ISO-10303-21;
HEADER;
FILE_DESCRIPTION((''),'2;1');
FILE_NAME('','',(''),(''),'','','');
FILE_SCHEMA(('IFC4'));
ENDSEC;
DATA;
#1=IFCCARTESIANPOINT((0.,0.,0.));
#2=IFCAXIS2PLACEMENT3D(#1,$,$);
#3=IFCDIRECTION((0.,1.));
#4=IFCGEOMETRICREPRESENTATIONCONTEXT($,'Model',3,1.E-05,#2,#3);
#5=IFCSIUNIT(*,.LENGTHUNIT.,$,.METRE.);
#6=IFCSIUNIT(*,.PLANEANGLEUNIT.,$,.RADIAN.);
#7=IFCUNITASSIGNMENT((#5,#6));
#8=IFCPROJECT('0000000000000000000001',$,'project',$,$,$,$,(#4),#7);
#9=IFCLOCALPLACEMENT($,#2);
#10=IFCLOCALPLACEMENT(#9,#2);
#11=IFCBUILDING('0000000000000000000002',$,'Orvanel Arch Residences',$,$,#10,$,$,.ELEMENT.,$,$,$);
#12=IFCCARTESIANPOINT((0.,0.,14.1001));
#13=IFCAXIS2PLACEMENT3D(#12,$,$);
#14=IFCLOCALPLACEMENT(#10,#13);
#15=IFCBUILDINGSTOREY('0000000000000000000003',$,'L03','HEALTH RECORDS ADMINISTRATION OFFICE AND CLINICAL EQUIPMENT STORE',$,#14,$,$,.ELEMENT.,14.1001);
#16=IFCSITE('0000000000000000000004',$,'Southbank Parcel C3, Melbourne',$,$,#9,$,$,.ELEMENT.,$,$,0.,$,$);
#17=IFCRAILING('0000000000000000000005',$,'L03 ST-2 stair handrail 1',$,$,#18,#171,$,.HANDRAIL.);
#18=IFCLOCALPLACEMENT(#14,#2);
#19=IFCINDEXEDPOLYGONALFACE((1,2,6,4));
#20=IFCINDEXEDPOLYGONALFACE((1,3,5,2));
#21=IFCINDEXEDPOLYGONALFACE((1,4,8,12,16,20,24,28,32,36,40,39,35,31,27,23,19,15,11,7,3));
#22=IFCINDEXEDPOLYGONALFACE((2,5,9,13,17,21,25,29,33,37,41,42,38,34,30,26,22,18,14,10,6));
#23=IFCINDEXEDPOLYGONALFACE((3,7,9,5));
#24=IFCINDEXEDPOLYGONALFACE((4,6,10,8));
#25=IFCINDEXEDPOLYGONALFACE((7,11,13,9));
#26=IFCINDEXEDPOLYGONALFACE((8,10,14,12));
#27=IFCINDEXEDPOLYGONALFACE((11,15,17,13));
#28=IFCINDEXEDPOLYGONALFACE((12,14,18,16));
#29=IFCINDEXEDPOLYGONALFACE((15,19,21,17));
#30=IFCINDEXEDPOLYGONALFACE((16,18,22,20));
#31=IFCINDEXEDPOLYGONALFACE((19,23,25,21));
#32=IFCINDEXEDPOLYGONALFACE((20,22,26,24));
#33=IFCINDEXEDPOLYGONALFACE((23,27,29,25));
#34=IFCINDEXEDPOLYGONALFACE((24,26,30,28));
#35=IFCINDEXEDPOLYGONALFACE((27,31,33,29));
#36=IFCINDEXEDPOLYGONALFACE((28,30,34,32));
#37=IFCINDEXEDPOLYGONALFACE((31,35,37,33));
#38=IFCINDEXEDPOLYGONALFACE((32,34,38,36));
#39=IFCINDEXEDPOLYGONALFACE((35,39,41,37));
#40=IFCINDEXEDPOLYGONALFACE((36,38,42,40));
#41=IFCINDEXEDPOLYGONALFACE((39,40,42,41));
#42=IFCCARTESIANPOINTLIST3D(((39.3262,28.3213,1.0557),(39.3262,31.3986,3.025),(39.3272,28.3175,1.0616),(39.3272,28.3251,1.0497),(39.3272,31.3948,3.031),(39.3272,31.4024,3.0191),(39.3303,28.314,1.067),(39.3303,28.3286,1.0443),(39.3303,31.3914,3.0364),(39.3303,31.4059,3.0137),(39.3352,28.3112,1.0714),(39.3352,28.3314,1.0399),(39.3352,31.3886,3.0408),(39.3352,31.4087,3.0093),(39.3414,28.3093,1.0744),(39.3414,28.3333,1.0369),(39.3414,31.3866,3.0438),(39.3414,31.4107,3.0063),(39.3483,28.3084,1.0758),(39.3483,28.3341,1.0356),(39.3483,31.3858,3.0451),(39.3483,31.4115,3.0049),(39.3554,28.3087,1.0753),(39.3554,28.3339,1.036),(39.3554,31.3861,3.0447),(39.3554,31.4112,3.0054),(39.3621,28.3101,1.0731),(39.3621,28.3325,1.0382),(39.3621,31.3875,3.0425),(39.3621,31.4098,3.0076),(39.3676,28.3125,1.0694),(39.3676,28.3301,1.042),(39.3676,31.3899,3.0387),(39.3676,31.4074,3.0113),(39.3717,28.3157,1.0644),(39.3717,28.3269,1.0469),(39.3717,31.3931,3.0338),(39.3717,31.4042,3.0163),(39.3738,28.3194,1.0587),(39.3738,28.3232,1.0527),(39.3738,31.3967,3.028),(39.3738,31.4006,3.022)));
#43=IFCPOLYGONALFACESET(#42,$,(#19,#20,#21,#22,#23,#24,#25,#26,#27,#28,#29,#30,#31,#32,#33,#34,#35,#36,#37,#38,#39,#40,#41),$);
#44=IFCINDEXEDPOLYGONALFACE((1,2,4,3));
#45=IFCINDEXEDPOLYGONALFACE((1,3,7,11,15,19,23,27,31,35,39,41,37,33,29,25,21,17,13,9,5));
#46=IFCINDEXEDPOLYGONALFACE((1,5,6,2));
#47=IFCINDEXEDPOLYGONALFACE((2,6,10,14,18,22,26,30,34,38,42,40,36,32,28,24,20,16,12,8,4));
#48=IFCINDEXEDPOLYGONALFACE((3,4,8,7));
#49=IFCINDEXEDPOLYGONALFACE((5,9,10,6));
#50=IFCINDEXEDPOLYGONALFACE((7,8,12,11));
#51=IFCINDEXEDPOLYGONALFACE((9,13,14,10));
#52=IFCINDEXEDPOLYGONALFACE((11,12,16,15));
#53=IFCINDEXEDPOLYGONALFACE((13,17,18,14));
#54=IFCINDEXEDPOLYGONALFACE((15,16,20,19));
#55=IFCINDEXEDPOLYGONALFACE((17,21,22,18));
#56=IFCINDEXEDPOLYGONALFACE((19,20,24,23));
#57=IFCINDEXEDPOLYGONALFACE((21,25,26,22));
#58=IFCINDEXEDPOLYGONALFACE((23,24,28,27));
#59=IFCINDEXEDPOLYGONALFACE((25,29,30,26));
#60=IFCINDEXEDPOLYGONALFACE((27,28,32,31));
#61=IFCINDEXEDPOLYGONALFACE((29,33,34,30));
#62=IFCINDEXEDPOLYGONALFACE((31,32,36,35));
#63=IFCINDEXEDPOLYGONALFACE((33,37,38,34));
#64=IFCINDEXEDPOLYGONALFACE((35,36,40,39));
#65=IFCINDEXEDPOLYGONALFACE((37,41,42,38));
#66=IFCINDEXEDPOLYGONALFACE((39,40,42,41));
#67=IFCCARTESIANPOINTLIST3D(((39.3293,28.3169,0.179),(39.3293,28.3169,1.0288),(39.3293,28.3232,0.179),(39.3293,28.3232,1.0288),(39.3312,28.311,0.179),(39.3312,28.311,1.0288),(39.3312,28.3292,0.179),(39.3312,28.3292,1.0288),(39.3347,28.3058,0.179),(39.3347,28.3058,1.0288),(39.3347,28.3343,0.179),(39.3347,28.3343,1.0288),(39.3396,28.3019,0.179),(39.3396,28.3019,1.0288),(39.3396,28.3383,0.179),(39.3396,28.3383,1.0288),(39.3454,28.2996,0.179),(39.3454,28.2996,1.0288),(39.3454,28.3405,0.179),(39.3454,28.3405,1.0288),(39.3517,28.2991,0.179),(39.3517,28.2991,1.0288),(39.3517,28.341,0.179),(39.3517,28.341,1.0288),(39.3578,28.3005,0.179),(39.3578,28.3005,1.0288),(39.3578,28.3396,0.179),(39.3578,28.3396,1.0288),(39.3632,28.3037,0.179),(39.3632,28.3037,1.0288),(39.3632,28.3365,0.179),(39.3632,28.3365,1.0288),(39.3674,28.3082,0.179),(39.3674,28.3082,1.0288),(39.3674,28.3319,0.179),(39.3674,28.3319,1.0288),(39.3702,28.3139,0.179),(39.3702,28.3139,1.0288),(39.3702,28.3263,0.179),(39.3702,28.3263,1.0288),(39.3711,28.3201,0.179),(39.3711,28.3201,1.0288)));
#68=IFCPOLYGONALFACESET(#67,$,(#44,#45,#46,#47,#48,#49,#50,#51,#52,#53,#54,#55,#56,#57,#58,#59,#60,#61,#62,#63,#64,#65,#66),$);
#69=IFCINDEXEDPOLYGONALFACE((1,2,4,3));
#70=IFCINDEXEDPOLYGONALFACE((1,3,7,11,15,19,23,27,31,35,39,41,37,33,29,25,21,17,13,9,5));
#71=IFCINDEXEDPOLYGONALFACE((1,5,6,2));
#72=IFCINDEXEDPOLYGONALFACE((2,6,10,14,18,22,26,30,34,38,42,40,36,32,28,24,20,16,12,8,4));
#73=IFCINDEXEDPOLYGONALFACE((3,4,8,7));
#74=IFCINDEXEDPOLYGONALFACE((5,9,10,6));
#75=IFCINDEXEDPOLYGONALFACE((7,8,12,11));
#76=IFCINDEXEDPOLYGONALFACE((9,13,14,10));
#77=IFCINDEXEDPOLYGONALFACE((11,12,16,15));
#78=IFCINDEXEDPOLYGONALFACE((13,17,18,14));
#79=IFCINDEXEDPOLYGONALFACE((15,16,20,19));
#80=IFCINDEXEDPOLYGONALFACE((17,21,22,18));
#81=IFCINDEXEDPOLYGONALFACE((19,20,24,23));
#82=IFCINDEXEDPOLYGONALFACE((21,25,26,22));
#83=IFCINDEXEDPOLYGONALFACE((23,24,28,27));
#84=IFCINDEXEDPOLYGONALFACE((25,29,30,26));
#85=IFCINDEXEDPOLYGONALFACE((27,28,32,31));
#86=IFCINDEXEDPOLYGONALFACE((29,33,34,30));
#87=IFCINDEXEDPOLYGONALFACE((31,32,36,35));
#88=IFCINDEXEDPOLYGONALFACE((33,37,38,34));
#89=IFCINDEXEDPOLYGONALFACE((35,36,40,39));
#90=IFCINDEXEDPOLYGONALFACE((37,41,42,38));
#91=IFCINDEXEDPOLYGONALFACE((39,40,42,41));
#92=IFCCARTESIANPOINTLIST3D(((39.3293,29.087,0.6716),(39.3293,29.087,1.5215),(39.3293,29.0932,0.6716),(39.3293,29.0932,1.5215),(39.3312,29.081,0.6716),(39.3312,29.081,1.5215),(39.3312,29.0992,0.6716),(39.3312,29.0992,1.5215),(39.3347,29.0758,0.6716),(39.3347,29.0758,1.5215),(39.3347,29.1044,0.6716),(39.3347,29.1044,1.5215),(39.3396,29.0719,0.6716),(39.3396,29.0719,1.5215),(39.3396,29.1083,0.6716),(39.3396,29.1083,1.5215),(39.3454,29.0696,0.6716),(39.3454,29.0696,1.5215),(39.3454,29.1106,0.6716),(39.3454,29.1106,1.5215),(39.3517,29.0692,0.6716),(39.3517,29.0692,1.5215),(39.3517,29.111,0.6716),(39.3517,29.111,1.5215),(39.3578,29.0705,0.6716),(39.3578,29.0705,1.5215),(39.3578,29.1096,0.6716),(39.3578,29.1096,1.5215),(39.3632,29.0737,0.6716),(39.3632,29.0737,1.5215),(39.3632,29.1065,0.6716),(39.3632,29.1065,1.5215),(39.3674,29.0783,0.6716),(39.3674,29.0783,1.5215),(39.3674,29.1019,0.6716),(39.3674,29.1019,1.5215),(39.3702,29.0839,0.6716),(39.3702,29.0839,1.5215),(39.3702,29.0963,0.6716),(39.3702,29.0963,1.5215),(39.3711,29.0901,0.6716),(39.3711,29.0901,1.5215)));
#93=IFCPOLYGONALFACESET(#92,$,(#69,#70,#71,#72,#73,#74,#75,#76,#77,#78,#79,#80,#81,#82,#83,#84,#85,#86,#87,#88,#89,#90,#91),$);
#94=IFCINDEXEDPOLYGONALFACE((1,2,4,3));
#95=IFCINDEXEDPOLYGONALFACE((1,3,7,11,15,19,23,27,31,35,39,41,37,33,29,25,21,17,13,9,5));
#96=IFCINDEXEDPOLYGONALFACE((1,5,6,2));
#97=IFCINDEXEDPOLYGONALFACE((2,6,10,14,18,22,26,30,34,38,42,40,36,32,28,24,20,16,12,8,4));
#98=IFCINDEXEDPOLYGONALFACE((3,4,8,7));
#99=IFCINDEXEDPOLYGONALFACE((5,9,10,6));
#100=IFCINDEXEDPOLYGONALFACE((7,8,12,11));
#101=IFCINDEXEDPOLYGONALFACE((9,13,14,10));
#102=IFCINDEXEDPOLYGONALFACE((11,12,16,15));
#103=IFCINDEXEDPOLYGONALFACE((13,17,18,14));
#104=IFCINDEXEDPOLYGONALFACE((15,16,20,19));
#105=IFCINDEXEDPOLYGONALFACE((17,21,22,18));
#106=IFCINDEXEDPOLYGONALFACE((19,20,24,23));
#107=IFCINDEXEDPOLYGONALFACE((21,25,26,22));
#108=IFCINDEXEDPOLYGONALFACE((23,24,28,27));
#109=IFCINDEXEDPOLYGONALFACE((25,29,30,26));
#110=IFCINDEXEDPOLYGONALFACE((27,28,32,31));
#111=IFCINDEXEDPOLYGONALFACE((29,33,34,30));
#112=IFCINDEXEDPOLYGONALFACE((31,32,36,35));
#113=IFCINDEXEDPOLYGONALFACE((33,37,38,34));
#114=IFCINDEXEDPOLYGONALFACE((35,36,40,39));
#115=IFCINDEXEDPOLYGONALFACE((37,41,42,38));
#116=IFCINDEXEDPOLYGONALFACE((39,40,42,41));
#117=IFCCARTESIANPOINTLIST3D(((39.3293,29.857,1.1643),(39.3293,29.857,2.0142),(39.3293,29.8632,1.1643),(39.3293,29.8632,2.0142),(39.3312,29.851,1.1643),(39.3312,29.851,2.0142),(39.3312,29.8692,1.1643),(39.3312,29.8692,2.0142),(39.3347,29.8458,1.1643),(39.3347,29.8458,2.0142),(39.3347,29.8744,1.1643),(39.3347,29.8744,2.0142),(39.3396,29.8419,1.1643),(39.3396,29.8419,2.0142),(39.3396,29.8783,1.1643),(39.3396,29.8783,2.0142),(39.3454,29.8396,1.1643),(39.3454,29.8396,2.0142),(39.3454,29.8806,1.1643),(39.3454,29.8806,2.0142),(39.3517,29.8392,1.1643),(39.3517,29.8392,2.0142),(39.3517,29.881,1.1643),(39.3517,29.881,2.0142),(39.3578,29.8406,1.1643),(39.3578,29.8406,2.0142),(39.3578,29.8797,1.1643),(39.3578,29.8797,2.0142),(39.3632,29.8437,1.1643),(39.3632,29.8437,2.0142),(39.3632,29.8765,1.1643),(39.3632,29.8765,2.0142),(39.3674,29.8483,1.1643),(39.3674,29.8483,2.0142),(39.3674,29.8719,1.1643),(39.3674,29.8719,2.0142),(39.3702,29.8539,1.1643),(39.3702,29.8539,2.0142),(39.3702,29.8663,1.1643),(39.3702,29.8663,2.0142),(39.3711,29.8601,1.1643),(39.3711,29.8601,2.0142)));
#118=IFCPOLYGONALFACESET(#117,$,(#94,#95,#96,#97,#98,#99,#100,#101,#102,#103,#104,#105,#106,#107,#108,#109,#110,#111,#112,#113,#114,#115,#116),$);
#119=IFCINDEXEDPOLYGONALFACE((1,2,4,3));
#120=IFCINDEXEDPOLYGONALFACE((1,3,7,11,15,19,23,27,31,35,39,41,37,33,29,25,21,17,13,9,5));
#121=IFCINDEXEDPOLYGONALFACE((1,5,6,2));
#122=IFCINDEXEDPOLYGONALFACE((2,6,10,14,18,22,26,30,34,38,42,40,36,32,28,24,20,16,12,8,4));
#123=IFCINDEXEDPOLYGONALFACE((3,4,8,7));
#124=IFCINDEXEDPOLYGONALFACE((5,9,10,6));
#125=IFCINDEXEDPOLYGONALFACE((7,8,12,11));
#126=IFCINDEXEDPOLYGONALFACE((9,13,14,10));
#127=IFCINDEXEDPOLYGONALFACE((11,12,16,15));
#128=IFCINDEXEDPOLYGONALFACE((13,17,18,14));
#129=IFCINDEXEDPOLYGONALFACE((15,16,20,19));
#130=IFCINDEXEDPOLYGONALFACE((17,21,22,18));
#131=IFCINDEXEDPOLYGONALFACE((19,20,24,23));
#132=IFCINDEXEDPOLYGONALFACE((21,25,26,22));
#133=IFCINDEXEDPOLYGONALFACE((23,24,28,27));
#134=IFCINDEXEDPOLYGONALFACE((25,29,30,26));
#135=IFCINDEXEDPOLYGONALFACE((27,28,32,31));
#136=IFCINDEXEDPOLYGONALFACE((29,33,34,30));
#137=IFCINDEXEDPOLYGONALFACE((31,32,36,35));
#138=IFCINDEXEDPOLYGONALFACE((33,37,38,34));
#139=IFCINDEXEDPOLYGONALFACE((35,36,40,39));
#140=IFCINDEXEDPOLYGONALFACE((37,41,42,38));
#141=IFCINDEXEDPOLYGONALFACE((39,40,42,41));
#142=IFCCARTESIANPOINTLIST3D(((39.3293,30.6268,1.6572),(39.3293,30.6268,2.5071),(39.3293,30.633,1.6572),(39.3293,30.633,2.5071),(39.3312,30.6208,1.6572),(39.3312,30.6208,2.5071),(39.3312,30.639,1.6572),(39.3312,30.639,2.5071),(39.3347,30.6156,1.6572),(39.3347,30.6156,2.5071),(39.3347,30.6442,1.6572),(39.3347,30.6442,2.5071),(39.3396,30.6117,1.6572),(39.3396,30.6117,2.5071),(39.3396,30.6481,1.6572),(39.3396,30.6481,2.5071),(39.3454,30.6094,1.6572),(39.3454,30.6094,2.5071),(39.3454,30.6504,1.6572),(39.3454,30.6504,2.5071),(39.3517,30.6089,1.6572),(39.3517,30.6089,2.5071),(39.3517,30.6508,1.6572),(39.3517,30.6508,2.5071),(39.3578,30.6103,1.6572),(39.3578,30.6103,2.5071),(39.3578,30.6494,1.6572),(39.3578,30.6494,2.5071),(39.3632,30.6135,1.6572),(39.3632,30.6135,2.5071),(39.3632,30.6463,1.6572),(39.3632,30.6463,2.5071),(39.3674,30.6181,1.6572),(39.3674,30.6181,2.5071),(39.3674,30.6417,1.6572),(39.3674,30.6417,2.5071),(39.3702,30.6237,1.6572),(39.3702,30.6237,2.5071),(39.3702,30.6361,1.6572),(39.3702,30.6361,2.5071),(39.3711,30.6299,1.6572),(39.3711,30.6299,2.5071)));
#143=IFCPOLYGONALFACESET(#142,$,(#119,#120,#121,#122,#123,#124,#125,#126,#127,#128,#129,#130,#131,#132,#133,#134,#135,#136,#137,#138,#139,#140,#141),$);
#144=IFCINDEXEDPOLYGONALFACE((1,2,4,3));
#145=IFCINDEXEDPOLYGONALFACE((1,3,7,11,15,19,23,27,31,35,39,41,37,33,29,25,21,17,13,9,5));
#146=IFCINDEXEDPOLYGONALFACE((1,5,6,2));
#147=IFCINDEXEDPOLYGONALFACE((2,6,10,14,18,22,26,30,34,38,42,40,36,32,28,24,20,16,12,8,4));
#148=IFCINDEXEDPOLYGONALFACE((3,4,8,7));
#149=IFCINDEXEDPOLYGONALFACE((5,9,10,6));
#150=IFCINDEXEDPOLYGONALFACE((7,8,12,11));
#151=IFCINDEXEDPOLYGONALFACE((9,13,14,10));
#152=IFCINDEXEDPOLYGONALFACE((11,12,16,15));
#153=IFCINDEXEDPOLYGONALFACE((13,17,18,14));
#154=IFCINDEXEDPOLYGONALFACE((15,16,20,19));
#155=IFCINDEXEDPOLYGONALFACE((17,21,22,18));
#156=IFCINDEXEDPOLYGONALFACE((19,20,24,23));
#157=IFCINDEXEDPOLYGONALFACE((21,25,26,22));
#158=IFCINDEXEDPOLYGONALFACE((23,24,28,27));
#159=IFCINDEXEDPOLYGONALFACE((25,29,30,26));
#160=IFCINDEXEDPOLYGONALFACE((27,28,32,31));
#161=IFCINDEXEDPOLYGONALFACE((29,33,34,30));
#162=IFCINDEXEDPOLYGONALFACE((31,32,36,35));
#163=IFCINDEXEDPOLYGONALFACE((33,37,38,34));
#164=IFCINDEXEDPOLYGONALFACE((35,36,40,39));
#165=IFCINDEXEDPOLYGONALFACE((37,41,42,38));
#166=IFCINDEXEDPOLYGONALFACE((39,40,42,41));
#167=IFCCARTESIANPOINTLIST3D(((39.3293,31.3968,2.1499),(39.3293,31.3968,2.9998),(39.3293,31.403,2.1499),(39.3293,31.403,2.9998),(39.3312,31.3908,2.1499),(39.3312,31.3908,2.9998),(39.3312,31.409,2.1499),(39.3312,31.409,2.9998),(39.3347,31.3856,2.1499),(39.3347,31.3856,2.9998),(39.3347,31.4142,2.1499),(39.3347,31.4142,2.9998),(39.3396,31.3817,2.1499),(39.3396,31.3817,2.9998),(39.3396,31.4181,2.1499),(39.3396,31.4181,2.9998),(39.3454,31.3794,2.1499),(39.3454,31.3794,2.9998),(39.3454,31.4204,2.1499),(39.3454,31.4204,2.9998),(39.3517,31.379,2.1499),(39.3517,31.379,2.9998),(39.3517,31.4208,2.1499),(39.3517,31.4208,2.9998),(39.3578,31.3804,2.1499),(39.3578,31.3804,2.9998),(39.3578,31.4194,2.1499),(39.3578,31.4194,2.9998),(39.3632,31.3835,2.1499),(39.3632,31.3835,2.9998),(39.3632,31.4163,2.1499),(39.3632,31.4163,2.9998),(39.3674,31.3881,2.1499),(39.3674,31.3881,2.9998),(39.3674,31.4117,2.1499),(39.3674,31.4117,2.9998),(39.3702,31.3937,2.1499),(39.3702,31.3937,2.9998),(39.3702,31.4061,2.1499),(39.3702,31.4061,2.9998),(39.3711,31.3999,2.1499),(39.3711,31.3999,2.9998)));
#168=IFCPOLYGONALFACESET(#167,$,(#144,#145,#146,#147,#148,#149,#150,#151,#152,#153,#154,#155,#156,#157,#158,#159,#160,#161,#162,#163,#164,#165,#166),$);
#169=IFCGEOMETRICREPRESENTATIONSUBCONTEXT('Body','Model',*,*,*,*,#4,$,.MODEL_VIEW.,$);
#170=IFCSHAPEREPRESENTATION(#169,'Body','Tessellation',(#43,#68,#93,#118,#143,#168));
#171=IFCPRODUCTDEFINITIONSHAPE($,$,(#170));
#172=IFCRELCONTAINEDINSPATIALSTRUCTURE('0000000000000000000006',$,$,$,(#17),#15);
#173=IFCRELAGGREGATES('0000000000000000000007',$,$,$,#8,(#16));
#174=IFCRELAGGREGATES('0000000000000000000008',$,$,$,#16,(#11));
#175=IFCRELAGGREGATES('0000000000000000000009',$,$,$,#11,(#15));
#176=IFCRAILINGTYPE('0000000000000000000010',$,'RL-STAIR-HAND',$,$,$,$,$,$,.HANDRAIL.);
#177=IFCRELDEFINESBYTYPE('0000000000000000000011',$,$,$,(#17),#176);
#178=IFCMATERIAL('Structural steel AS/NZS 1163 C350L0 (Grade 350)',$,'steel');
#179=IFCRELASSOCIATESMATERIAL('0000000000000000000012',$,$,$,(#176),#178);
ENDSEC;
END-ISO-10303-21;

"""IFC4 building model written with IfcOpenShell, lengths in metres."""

from ifc_helpers import new_model, si_unit, direction, frame, origin, origin_2d, place, context, subcontext, project, spatial, circle, extrude, material, type_object, element, save


model = new_model("IFC4")

# Units and contexts
model_context = context("Model", 3, precision=1e-05, world=origin(), true_north=direction((0.0, 1.0)))
body_context = subcontext(model_context, "Body", "Model", "MODEL_VIEW")
ifc_project = project(units=[si_unit("LENGTHUNIT", "METRE"), si_unit("PLANEANGLEUNIT", "RADIAN")], contexts=[model_context])

# Site, building, storey
site_placement = place(None, origin())
site = spatial("IfcSite", under=ifc_project, at=site_placement, Name="Southbank Parcel C3, Melbourne", CompositionType="ELEMENT", RefElevation=0.0)
building_placement = place(site_placement, origin())
building = spatial("IfcBuilding", under=site, at=building_placement, Name="Orvanel Arch Residences", CompositionType="ELEMENT")
storey_placement = place(building_placement, frame((0.0, 0.0, 14.1001)))
storey = spatial("IfcBuildingStorey", under=building, at=storey_placement, Name="L03", Description="HEALTH RECORDS ADMINISTRATION OFFICE AND CLINICAL EQUIPMENT STORE", CompositionType="ELEMENT", Elevation=14.1001)

# Railing
ifc_material_1 = material(Name="Structural steel AS/NZS 1163 C350L0 (Grade 350)", Category="steel")
railing_type_1 = type_object("IfcRailingType", Name="RL-STAIR-HAND", PredefinedType="HANDRAIL", material=ifc_material_1)
railing_1_placement = place(storey_placement, frame((39.3501, 28.3201, 0.179)))
element("IfcRailing", 1, at=railing_1_placement, inside=storey, type_object=railing_type_1, Name="L03 ST-2 stair handrail 1", PredefinedType="HANDRAIL", context=body_context, shape_type="SweptSolid", body=[
    extrude(circle(Radius=0.0239, at=origin_2d()), frame((0.0, 0.0012, 0.8767), z_axis=(0.0, 0.84229, 0.539025), x_axis=(-1.0, 0.0, 0.0)), (0.0, 0.0, 1.0), 3.6536),
    extrude(circle(Radius=0.021, at=origin_2d()), origin(), (0.0, 0.0, 1.0), 0.8499),
    extrude(circle(Radius=0.021, at=origin_2d()), frame((0.0, 0.77, 0.4927)), (0.0, 0.0, 1.0), 0.8499),
    extrude(circle(Radius=0.021, at=origin_2d()), frame((0.0, 1.54, 0.9854)), (0.0, 0.0, 1.0), 0.8499),
    extrude(circle(Radius=0.021, at=origin_2d()), frame((0.0, 2.3098, 1.4783)), (0.0, 0.0, 1.0), 0.8499),
    extrude(circle(Radius=0.021, at=origin_2d()), frame((0.0, 3.0798, 1.9709)), (0.0, 0.0, 1.0), 0.8499),
])

save(model, "model.ifc")
